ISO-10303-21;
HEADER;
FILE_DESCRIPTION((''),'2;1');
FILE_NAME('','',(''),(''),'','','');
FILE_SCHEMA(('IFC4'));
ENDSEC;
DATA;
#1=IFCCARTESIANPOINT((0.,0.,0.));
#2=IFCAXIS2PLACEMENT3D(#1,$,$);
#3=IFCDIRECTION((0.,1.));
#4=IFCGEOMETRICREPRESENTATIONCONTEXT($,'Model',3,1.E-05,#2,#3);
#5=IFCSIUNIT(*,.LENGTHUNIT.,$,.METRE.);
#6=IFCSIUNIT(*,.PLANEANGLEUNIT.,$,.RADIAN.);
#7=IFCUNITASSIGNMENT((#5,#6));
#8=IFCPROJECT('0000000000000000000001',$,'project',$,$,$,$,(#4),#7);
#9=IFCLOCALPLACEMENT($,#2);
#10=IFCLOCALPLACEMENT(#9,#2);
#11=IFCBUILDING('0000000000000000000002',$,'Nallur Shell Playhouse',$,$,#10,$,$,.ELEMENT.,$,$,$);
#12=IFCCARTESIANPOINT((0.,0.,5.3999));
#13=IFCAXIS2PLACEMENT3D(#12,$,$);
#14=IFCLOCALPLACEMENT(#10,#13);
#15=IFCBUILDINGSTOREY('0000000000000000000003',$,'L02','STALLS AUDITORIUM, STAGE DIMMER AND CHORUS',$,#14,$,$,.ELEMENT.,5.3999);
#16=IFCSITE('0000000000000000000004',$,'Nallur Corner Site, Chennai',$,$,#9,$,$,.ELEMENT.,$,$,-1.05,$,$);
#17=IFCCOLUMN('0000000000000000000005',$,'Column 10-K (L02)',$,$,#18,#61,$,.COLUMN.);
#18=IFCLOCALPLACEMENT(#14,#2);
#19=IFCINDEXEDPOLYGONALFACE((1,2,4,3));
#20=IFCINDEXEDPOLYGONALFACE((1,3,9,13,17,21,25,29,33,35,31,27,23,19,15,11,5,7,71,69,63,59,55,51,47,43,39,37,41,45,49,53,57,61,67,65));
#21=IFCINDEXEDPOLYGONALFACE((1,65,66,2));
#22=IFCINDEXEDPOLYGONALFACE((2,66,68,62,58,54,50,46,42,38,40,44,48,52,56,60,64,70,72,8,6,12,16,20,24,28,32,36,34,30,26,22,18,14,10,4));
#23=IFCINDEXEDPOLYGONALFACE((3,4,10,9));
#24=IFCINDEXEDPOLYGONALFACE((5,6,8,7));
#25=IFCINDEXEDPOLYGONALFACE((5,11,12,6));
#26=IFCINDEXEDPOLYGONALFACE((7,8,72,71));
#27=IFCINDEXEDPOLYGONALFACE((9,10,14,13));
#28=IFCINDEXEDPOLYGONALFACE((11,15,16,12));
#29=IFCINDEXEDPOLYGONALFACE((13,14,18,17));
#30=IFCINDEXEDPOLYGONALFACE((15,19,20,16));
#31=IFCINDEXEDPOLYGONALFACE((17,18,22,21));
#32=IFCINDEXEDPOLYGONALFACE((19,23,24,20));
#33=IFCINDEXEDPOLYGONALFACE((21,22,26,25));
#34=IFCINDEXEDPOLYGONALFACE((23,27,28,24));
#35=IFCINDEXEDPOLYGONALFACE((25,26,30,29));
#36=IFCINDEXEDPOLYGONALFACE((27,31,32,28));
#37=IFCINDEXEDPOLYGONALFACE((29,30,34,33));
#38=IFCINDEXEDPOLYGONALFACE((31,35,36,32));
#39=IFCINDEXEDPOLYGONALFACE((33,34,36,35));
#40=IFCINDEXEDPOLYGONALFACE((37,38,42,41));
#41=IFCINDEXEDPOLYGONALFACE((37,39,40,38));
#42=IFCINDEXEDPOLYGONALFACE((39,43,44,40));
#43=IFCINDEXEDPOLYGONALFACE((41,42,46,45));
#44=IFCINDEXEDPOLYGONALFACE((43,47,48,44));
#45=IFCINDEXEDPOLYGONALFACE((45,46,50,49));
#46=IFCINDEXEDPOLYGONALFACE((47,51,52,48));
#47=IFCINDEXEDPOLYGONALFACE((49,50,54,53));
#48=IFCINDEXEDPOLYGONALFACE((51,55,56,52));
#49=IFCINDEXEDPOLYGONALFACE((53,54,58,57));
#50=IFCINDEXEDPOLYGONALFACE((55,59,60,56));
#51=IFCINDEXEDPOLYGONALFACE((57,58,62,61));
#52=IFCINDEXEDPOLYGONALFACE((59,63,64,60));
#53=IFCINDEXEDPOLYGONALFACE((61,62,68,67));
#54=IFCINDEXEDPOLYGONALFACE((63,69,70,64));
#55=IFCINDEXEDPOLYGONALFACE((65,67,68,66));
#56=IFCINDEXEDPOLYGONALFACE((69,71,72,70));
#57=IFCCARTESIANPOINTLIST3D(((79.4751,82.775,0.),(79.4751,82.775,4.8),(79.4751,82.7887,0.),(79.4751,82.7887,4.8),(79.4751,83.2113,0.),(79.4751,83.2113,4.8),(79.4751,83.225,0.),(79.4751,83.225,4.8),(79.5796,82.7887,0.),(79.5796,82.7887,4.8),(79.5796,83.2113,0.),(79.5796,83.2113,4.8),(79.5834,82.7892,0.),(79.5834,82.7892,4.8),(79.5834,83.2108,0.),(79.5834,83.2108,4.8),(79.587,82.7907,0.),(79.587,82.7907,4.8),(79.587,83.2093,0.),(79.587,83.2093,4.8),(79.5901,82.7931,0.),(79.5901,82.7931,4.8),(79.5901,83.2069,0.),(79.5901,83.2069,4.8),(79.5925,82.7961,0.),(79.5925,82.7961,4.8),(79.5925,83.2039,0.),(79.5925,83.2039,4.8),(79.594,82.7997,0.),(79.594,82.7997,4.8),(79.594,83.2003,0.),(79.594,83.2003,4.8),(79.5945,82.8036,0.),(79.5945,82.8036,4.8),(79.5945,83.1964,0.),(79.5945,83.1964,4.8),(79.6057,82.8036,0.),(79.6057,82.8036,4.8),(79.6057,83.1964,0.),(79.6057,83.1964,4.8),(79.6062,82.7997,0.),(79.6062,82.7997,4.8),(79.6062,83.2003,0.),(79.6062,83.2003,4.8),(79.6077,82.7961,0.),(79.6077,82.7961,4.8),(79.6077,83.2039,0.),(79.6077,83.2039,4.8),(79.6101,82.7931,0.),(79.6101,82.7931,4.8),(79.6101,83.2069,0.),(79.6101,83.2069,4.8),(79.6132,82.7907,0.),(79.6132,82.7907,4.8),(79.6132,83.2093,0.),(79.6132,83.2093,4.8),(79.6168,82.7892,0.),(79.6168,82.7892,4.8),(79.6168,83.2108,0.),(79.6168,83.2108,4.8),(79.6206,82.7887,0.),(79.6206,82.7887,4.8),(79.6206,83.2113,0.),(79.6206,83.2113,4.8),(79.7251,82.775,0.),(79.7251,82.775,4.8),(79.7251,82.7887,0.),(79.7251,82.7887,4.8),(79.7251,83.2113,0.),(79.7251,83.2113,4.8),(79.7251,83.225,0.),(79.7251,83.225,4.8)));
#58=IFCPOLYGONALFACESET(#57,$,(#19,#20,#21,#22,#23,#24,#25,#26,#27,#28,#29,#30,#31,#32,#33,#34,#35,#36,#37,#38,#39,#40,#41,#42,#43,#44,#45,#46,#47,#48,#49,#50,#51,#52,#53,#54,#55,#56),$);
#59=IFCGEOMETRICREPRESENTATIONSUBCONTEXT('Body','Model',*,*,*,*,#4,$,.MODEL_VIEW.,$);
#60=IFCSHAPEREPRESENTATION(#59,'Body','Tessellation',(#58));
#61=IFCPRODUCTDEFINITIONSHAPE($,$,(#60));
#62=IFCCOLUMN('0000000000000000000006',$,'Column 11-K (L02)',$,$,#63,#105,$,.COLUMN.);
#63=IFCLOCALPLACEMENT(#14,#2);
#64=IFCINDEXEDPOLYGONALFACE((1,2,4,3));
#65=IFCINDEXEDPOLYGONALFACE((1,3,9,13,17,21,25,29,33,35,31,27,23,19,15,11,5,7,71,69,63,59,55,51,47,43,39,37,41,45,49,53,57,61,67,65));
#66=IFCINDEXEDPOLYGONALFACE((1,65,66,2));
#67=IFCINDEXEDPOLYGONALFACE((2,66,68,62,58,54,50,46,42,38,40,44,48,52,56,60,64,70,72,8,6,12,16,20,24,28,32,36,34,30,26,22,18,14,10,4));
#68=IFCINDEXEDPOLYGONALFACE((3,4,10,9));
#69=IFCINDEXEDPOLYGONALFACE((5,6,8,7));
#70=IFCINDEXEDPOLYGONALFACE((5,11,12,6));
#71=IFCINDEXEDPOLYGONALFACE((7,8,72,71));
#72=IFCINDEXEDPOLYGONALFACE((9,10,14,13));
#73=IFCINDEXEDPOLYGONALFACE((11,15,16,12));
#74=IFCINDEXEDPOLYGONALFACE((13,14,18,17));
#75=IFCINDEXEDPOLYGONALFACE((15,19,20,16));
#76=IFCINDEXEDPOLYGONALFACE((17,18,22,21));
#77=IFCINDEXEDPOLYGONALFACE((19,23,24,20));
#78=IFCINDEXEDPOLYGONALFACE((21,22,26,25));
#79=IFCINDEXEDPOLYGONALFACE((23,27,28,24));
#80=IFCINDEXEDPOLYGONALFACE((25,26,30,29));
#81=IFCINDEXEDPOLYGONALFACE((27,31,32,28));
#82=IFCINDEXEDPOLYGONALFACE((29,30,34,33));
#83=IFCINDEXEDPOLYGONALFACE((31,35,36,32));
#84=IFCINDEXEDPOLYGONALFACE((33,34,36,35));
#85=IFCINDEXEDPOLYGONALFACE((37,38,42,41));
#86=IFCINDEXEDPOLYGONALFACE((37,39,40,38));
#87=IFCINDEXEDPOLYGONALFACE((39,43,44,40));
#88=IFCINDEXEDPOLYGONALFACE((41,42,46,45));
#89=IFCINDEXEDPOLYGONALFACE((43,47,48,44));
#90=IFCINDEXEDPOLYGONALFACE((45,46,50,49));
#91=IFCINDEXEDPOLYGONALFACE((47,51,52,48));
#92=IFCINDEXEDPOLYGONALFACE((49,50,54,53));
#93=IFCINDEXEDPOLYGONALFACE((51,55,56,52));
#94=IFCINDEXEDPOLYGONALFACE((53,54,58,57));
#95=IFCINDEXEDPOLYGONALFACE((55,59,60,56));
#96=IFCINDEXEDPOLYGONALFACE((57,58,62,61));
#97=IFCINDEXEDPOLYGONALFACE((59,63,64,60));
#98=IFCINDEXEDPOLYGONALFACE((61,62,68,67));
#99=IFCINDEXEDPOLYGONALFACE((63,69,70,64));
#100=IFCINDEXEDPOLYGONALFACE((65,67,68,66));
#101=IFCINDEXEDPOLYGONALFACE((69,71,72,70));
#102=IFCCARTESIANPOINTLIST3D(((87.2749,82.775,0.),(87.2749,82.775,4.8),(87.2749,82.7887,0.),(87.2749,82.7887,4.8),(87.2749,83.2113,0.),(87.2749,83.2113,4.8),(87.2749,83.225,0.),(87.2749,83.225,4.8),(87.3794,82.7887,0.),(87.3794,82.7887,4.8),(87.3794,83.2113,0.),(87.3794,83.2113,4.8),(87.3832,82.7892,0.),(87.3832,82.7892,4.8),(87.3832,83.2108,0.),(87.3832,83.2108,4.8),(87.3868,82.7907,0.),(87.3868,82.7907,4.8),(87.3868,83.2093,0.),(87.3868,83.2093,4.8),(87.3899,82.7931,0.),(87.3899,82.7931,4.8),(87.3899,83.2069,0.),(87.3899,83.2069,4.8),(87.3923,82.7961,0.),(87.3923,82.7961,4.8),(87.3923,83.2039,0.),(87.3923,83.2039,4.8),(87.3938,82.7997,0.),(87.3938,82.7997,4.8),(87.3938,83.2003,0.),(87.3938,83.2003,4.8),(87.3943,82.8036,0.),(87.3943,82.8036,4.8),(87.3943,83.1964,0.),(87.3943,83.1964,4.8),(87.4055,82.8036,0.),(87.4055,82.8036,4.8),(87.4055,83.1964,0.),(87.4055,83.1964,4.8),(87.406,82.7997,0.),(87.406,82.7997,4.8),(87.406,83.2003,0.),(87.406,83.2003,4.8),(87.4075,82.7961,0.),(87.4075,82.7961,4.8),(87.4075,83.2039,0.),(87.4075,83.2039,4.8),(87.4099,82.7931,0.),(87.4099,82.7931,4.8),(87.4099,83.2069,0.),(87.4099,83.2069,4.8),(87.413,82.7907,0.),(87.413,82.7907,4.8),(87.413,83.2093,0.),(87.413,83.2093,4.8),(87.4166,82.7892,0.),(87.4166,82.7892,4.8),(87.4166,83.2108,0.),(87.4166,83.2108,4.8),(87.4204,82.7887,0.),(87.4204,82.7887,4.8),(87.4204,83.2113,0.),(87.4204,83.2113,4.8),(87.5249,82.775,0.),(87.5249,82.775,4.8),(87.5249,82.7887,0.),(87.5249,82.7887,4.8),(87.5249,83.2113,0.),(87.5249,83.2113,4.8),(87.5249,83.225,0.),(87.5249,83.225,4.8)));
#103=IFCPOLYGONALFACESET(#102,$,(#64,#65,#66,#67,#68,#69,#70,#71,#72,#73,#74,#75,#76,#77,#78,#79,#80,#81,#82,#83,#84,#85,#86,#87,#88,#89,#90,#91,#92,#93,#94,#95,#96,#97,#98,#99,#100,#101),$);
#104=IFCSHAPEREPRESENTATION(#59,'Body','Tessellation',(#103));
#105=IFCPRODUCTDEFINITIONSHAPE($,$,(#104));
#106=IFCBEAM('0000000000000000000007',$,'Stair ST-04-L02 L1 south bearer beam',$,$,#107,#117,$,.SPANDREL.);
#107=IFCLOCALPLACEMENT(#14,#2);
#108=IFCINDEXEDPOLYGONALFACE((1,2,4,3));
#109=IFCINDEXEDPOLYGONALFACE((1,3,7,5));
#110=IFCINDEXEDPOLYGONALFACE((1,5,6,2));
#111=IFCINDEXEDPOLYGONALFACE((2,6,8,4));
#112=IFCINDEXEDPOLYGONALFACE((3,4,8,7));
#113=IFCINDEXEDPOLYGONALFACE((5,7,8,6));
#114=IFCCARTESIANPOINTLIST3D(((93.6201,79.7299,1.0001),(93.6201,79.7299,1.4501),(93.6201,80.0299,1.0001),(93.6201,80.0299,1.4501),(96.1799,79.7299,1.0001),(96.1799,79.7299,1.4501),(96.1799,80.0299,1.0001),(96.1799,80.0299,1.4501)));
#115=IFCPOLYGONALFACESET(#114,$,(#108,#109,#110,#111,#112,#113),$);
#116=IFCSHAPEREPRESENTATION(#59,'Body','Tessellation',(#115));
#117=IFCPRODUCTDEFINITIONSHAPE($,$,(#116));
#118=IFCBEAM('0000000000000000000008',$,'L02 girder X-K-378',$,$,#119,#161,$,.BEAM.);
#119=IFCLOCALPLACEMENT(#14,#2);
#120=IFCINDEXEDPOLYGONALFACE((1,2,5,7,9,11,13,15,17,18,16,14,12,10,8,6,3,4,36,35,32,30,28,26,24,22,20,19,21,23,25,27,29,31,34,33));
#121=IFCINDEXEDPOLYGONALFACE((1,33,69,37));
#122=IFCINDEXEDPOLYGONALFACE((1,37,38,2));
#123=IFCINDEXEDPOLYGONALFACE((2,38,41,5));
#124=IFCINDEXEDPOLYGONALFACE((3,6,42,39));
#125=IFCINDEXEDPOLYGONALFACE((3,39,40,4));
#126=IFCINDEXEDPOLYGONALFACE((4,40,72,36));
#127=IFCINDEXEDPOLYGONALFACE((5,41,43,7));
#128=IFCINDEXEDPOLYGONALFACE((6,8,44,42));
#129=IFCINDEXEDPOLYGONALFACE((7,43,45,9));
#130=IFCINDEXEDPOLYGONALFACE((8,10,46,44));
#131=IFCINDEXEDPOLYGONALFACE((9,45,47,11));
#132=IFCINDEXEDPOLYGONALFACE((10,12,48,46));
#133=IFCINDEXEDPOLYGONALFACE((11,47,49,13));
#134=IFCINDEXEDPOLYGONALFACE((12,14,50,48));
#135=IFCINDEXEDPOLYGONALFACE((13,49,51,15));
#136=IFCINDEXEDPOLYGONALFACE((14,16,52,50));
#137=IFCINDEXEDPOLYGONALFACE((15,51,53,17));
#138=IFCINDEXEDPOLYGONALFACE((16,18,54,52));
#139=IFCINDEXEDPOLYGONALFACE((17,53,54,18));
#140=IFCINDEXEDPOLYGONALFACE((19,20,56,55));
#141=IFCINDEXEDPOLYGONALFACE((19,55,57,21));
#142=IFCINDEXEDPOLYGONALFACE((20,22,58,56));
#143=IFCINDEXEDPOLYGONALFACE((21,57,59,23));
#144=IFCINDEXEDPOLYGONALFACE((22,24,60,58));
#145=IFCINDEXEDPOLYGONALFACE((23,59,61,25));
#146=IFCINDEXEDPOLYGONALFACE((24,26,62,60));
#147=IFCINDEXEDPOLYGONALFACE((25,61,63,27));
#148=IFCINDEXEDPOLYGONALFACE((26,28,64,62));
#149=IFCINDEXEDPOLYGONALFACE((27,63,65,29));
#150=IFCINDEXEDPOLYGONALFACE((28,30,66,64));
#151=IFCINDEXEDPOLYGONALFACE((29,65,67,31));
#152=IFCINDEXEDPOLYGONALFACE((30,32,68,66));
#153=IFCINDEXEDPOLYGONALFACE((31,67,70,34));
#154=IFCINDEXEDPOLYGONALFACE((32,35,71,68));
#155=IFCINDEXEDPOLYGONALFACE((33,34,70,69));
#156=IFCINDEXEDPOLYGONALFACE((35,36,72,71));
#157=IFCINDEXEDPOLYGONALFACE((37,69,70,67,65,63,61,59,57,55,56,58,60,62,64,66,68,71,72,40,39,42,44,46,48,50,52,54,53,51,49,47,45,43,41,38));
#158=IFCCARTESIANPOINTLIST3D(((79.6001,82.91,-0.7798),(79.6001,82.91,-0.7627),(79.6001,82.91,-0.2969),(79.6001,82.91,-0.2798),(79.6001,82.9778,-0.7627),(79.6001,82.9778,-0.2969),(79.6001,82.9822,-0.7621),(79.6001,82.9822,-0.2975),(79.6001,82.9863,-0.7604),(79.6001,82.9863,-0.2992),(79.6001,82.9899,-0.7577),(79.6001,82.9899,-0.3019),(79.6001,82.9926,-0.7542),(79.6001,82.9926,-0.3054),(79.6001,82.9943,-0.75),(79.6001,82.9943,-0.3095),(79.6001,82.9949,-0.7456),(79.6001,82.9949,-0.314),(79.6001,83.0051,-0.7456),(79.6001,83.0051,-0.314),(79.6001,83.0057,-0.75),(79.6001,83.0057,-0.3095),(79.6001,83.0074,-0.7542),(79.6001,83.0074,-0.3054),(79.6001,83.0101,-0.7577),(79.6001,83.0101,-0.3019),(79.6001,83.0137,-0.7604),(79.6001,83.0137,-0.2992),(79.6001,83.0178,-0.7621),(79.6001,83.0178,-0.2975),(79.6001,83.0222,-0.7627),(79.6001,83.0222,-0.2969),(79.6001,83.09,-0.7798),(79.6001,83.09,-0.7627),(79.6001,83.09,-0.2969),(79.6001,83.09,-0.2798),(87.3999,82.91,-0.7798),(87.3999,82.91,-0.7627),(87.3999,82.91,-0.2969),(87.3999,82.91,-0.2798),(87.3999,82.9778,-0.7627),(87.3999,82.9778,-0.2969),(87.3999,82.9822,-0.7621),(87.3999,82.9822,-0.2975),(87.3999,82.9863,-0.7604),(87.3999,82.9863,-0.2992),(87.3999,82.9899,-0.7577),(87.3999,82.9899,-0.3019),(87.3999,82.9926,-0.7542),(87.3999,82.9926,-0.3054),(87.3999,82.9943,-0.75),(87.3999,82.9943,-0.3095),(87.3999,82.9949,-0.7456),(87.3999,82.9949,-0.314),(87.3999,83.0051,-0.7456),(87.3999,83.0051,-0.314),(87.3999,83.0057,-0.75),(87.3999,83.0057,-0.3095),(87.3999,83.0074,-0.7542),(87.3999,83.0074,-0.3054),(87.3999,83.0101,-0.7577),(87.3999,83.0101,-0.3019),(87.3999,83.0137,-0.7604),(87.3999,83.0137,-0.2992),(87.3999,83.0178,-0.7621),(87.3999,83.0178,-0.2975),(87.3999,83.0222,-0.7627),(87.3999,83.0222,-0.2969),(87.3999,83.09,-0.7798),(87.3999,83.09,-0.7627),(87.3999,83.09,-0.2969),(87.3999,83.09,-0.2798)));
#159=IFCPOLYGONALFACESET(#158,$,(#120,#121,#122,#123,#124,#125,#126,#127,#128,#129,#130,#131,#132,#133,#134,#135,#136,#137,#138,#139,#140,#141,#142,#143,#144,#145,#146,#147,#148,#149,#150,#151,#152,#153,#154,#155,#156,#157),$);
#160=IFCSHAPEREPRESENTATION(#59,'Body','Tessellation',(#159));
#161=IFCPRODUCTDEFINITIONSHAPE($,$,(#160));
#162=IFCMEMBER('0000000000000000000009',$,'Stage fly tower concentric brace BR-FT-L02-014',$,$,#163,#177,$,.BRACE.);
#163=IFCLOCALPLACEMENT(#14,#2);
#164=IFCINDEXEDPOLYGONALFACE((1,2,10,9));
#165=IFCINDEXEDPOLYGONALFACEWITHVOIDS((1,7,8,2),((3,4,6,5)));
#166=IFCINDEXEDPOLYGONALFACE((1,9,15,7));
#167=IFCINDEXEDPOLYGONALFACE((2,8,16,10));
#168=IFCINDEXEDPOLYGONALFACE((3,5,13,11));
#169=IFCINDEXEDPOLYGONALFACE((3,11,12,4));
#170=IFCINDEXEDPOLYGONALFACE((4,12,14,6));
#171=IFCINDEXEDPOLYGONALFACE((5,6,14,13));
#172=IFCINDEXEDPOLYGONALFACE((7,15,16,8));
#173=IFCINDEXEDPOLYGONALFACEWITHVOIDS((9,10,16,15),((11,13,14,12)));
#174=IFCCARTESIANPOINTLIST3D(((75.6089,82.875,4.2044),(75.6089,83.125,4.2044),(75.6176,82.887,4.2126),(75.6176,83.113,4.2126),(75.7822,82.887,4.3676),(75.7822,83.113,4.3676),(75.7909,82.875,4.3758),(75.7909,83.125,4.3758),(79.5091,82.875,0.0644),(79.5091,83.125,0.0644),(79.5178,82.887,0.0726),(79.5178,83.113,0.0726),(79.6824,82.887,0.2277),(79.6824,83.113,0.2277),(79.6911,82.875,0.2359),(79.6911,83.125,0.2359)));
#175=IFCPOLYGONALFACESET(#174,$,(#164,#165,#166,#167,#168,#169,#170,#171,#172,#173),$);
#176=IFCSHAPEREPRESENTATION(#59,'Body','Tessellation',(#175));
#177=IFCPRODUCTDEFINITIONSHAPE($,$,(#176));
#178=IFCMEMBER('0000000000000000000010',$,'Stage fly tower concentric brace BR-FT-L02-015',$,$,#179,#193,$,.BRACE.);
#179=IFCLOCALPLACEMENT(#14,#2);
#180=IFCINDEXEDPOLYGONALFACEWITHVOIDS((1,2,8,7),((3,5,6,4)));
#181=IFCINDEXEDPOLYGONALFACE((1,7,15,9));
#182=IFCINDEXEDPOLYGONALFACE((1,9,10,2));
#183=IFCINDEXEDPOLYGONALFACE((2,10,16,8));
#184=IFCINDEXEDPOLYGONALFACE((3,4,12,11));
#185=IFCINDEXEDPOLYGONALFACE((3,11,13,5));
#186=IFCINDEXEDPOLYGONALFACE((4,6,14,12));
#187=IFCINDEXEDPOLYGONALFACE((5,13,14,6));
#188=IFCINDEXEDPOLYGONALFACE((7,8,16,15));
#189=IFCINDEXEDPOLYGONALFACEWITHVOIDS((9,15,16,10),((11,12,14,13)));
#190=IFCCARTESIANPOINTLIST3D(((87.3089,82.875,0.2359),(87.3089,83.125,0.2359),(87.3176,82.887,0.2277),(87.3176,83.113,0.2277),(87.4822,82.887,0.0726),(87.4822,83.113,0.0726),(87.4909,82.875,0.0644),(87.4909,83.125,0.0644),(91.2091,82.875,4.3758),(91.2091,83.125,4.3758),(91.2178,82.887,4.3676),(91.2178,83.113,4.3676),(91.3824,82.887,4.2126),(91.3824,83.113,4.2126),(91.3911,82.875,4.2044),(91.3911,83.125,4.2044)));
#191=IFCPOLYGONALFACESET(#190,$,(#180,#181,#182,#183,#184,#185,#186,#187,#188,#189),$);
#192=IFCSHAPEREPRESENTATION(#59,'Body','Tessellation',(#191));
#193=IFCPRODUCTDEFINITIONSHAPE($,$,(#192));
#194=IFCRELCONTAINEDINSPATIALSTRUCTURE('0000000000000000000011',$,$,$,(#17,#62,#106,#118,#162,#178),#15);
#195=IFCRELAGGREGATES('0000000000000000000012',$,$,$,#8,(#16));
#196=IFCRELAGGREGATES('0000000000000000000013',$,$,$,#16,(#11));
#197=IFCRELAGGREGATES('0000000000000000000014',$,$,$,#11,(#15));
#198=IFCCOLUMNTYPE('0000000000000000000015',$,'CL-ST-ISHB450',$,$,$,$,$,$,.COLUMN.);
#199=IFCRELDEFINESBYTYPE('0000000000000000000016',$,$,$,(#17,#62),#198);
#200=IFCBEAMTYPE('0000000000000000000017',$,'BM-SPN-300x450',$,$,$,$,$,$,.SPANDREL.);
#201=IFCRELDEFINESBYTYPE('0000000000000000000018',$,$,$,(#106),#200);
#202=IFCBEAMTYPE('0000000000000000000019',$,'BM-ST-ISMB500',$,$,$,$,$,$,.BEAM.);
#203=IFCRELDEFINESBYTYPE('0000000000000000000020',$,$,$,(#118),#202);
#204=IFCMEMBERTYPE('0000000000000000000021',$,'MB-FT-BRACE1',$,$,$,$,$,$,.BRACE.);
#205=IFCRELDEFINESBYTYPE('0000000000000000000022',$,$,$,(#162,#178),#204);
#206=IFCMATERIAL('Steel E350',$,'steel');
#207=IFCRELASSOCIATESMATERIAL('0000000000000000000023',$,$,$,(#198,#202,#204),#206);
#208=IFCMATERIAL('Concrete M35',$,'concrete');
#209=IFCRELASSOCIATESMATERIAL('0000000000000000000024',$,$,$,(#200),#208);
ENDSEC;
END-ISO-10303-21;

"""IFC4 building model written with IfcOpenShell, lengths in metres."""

from ifc_helpers import new_model, si_unit, direction, frame, origin, origin_2d, place, context, subcontext, project, spatial, rectangle, hollow_rectangle, i_section, extrude, material, material_profile, profile_set, type_object, element, save


model = new_model("IFC4")

# Units and contexts
model_context = context("Model", 3, precision=1e-05, world=origin(), true_north=direction((0.0, 1.0)))
body_context = subcontext(model_context, "Body", "Model", "MODEL_VIEW")
ifc_project = project(units=[si_unit("LENGTHUNIT", "METRE"), si_unit("PLANEANGLEUNIT", "RADIAN")], contexts=[model_context])

# Site, building, storey
site_placement = place(None, origin())
site = spatial("IfcSite", under=ifc_project, at=site_placement, Name="Nallur Corner Site, Chennai", CompositionType="ELEMENT", RefElevation=-1.05)
building_placement = place(site_placement, origin())
building = spatial("IfcBuilding", under=site, at=building_placement, Name="Nallur Shell Playhouse", CompositionType="ELEMENT")
storey_placement = place(building_placement, frame((0.0, 0.0, 5.3999)))
storey = spatial("IfcBuildingStorey", under=building, at=storey_placement, Name="L02", Description="STALLS AUDITORIUM, STAGE DIMMER AND CHORUS", CompositionType="ELEMENT", Elevation=5.3999)

# Columns
ifc_material_1 = material(Name="Steel E350", Category="steel")
ifc_material_profile_1 = material_profile(ifc_material_1, i_section(OverallWidth=0.25, OverallDepth=0.45, WebThickness=0.0112, FlangeThickness=0.0137, FilletRadius=0.0149, at=origin_2d()), Name="ISHB 450")
ifc_profile_set_1 = profile_set([ifc_material_profile_1], Name="Steel E350")
column_type = type_object("IfcColumnType", Name="CL-ST-ISHB450", PredefinedType="COLUMN", material=ifc_profile_set_1)
for number, where, z_axis, x_axis, name in (
    (1, (79.6001, 83.0, 0.0), (0.0, 0.0, 1.0), (1.0, 0.0, 0.0), "Column 10-K (L02)"),
    (2, (87.3999, 83.0, 0.0), (0.0, 0.0, 1.0), (1.0, 0.0, 0.0), "Column 11-K (L02)"),
):
    element("IfcColumn", number, at=place(storey_placement, frame(where, z_axis=z_axis, x_axis=x_axis)), inside=storey, type_object=column_type, Name=name, PredefinedType="COLUMN", context=body_context, shape_type="SweptSolid", body=[
        extrude(i_section(OverallWidth=0.25, OverallDepth=0.45, WebThickness=0.0112, FlangeThickness=0.0137, FilletRadius=0.0149, at=origin_2d()), origin(), (0.0, 0.0, 1.0), 4.8),
    ])

# Beams
ifc_material_2 = material(Name="Concrete M35", Category="concrete")
ifc_material_profile_2 = material_profile(ifc_material_2, rectangle(XDim=0.3, YDim=0.45, at=origin_2d()), Name="RC 300x450")
ifc_profile_set_2 = profile_set([ifc_material_profile_2], Name="Concrete M35")
beam_type_1 = type_object("IfcBeamType", Name="BM-SPN-300x450", PredefinedType="SPANDREL", material=ifc_profile_set_2)
beam_1_placement = place(storey_placement, frame((93.6201, 79.8799, 1.2251), z_axis=(1.0, 0.0, 0.0), x_axis=(0.0, 1.0, 0.0)))
element("IfcBeam", 3, at=beam_1_placement, inside=storey, type_object=beam_type_1, Name="Stair ST-04-L02 L1 south bearer beam", PredefinedType="SPANDREL", context=body_context, shape_type="SweptSolid", body=[
    extrude(rectangle(XDim=0.3, YDim=0.45, at=origin_2d()), origin(), (0.0, 0.0, 1.0), 2.5598),
])
ifc_material_profile_3 = material_profile(ifc_material_1, i_section(OverallWidth=0.1799, OverallDepth=0.5, WebThickness=0.0103, FlangeThickness=0.0171, FilletRadius=0.0171, at=origin_2d()), Name="ISMB 500")
ifc_profile_set_3 = profile_set([ifc_material_profile_3], Name="Steel E350")
beam_type_2 = type_object("IfcBeamType", Name="BM-ST-ISMB500", PredefinedType="BEAM", material=ifc_profile_set_3)
beam_2_placement = place(storey_placement, frame((79.6001, 83.0, -0.5298), z_axis=(1.0, 0.0, 0.0), x_axis=(0.0, 1.0, 0.0)))
element("IfcBeam", 4, at=beam_2_placement, inside=storey, type_object=beam_type_2, Name="L02 girder X-K-378", PredefinedType="BEAM", context=body_context, shape_type="SweptSolid", body=[
    extrude(i_section(OverallWidth=0.1799, OverallDepth=0.5, WebThickness=0.0103, FlangeThickness=0.0171, FilletRadius=0.0171, at=origin_2d()), origin(), (0.0, 0.0, 1.0), 7.7998),
])

# Members
ifc_material_profile_4 = material_profile(ifc_material_1, hollow_rectangle(XDim=0.25, YDim=0.25, WallThickness=0.012, at=origin_2d()), Name="SHS 250x250x12")
ifc_profile_set_4 = profile_set([ifc_material_profile_4], Name="Steel E350")
member_type = type_object("IfcMemberType", Name="MB-FT-BRACE1", PredefinedType="BRACE", material=ifc_profile_set_4)
for number, where, z_axis, x_axis, name in (
    (5, (79.6001, 83.0, 0.1501), (-0.685717, 0.0, 0.727868), (0.0, -1.0, 0.0), "Stage fly tower concentric brace BR-FT-L02-014"),
    (6, (87.3999, 83.0, 0.1501), (0.685717, 0.0, 0.727868), (0.0, 1.0, 0.0), "Stage fly tower concentric brace BR-FT-L02-015"),
):
    element("IfcMember", number, at=place(storey_placement, frame(where, z_axis=z_axis, x_axis=x_axis)), inside=storey, type_object=member_type, Name=name, PredefinedType="BRACE", context=body_context, shape_type="SweptSolid", body=[
        extrude(hollow_rectangle(XDim=0.25, YDim=0.25, WallThickness=0.012, at=origin_2d()), origin(), (0.0, 0.0, 1.0), 5.6877),
    ])

save(model, "model.ifc")
